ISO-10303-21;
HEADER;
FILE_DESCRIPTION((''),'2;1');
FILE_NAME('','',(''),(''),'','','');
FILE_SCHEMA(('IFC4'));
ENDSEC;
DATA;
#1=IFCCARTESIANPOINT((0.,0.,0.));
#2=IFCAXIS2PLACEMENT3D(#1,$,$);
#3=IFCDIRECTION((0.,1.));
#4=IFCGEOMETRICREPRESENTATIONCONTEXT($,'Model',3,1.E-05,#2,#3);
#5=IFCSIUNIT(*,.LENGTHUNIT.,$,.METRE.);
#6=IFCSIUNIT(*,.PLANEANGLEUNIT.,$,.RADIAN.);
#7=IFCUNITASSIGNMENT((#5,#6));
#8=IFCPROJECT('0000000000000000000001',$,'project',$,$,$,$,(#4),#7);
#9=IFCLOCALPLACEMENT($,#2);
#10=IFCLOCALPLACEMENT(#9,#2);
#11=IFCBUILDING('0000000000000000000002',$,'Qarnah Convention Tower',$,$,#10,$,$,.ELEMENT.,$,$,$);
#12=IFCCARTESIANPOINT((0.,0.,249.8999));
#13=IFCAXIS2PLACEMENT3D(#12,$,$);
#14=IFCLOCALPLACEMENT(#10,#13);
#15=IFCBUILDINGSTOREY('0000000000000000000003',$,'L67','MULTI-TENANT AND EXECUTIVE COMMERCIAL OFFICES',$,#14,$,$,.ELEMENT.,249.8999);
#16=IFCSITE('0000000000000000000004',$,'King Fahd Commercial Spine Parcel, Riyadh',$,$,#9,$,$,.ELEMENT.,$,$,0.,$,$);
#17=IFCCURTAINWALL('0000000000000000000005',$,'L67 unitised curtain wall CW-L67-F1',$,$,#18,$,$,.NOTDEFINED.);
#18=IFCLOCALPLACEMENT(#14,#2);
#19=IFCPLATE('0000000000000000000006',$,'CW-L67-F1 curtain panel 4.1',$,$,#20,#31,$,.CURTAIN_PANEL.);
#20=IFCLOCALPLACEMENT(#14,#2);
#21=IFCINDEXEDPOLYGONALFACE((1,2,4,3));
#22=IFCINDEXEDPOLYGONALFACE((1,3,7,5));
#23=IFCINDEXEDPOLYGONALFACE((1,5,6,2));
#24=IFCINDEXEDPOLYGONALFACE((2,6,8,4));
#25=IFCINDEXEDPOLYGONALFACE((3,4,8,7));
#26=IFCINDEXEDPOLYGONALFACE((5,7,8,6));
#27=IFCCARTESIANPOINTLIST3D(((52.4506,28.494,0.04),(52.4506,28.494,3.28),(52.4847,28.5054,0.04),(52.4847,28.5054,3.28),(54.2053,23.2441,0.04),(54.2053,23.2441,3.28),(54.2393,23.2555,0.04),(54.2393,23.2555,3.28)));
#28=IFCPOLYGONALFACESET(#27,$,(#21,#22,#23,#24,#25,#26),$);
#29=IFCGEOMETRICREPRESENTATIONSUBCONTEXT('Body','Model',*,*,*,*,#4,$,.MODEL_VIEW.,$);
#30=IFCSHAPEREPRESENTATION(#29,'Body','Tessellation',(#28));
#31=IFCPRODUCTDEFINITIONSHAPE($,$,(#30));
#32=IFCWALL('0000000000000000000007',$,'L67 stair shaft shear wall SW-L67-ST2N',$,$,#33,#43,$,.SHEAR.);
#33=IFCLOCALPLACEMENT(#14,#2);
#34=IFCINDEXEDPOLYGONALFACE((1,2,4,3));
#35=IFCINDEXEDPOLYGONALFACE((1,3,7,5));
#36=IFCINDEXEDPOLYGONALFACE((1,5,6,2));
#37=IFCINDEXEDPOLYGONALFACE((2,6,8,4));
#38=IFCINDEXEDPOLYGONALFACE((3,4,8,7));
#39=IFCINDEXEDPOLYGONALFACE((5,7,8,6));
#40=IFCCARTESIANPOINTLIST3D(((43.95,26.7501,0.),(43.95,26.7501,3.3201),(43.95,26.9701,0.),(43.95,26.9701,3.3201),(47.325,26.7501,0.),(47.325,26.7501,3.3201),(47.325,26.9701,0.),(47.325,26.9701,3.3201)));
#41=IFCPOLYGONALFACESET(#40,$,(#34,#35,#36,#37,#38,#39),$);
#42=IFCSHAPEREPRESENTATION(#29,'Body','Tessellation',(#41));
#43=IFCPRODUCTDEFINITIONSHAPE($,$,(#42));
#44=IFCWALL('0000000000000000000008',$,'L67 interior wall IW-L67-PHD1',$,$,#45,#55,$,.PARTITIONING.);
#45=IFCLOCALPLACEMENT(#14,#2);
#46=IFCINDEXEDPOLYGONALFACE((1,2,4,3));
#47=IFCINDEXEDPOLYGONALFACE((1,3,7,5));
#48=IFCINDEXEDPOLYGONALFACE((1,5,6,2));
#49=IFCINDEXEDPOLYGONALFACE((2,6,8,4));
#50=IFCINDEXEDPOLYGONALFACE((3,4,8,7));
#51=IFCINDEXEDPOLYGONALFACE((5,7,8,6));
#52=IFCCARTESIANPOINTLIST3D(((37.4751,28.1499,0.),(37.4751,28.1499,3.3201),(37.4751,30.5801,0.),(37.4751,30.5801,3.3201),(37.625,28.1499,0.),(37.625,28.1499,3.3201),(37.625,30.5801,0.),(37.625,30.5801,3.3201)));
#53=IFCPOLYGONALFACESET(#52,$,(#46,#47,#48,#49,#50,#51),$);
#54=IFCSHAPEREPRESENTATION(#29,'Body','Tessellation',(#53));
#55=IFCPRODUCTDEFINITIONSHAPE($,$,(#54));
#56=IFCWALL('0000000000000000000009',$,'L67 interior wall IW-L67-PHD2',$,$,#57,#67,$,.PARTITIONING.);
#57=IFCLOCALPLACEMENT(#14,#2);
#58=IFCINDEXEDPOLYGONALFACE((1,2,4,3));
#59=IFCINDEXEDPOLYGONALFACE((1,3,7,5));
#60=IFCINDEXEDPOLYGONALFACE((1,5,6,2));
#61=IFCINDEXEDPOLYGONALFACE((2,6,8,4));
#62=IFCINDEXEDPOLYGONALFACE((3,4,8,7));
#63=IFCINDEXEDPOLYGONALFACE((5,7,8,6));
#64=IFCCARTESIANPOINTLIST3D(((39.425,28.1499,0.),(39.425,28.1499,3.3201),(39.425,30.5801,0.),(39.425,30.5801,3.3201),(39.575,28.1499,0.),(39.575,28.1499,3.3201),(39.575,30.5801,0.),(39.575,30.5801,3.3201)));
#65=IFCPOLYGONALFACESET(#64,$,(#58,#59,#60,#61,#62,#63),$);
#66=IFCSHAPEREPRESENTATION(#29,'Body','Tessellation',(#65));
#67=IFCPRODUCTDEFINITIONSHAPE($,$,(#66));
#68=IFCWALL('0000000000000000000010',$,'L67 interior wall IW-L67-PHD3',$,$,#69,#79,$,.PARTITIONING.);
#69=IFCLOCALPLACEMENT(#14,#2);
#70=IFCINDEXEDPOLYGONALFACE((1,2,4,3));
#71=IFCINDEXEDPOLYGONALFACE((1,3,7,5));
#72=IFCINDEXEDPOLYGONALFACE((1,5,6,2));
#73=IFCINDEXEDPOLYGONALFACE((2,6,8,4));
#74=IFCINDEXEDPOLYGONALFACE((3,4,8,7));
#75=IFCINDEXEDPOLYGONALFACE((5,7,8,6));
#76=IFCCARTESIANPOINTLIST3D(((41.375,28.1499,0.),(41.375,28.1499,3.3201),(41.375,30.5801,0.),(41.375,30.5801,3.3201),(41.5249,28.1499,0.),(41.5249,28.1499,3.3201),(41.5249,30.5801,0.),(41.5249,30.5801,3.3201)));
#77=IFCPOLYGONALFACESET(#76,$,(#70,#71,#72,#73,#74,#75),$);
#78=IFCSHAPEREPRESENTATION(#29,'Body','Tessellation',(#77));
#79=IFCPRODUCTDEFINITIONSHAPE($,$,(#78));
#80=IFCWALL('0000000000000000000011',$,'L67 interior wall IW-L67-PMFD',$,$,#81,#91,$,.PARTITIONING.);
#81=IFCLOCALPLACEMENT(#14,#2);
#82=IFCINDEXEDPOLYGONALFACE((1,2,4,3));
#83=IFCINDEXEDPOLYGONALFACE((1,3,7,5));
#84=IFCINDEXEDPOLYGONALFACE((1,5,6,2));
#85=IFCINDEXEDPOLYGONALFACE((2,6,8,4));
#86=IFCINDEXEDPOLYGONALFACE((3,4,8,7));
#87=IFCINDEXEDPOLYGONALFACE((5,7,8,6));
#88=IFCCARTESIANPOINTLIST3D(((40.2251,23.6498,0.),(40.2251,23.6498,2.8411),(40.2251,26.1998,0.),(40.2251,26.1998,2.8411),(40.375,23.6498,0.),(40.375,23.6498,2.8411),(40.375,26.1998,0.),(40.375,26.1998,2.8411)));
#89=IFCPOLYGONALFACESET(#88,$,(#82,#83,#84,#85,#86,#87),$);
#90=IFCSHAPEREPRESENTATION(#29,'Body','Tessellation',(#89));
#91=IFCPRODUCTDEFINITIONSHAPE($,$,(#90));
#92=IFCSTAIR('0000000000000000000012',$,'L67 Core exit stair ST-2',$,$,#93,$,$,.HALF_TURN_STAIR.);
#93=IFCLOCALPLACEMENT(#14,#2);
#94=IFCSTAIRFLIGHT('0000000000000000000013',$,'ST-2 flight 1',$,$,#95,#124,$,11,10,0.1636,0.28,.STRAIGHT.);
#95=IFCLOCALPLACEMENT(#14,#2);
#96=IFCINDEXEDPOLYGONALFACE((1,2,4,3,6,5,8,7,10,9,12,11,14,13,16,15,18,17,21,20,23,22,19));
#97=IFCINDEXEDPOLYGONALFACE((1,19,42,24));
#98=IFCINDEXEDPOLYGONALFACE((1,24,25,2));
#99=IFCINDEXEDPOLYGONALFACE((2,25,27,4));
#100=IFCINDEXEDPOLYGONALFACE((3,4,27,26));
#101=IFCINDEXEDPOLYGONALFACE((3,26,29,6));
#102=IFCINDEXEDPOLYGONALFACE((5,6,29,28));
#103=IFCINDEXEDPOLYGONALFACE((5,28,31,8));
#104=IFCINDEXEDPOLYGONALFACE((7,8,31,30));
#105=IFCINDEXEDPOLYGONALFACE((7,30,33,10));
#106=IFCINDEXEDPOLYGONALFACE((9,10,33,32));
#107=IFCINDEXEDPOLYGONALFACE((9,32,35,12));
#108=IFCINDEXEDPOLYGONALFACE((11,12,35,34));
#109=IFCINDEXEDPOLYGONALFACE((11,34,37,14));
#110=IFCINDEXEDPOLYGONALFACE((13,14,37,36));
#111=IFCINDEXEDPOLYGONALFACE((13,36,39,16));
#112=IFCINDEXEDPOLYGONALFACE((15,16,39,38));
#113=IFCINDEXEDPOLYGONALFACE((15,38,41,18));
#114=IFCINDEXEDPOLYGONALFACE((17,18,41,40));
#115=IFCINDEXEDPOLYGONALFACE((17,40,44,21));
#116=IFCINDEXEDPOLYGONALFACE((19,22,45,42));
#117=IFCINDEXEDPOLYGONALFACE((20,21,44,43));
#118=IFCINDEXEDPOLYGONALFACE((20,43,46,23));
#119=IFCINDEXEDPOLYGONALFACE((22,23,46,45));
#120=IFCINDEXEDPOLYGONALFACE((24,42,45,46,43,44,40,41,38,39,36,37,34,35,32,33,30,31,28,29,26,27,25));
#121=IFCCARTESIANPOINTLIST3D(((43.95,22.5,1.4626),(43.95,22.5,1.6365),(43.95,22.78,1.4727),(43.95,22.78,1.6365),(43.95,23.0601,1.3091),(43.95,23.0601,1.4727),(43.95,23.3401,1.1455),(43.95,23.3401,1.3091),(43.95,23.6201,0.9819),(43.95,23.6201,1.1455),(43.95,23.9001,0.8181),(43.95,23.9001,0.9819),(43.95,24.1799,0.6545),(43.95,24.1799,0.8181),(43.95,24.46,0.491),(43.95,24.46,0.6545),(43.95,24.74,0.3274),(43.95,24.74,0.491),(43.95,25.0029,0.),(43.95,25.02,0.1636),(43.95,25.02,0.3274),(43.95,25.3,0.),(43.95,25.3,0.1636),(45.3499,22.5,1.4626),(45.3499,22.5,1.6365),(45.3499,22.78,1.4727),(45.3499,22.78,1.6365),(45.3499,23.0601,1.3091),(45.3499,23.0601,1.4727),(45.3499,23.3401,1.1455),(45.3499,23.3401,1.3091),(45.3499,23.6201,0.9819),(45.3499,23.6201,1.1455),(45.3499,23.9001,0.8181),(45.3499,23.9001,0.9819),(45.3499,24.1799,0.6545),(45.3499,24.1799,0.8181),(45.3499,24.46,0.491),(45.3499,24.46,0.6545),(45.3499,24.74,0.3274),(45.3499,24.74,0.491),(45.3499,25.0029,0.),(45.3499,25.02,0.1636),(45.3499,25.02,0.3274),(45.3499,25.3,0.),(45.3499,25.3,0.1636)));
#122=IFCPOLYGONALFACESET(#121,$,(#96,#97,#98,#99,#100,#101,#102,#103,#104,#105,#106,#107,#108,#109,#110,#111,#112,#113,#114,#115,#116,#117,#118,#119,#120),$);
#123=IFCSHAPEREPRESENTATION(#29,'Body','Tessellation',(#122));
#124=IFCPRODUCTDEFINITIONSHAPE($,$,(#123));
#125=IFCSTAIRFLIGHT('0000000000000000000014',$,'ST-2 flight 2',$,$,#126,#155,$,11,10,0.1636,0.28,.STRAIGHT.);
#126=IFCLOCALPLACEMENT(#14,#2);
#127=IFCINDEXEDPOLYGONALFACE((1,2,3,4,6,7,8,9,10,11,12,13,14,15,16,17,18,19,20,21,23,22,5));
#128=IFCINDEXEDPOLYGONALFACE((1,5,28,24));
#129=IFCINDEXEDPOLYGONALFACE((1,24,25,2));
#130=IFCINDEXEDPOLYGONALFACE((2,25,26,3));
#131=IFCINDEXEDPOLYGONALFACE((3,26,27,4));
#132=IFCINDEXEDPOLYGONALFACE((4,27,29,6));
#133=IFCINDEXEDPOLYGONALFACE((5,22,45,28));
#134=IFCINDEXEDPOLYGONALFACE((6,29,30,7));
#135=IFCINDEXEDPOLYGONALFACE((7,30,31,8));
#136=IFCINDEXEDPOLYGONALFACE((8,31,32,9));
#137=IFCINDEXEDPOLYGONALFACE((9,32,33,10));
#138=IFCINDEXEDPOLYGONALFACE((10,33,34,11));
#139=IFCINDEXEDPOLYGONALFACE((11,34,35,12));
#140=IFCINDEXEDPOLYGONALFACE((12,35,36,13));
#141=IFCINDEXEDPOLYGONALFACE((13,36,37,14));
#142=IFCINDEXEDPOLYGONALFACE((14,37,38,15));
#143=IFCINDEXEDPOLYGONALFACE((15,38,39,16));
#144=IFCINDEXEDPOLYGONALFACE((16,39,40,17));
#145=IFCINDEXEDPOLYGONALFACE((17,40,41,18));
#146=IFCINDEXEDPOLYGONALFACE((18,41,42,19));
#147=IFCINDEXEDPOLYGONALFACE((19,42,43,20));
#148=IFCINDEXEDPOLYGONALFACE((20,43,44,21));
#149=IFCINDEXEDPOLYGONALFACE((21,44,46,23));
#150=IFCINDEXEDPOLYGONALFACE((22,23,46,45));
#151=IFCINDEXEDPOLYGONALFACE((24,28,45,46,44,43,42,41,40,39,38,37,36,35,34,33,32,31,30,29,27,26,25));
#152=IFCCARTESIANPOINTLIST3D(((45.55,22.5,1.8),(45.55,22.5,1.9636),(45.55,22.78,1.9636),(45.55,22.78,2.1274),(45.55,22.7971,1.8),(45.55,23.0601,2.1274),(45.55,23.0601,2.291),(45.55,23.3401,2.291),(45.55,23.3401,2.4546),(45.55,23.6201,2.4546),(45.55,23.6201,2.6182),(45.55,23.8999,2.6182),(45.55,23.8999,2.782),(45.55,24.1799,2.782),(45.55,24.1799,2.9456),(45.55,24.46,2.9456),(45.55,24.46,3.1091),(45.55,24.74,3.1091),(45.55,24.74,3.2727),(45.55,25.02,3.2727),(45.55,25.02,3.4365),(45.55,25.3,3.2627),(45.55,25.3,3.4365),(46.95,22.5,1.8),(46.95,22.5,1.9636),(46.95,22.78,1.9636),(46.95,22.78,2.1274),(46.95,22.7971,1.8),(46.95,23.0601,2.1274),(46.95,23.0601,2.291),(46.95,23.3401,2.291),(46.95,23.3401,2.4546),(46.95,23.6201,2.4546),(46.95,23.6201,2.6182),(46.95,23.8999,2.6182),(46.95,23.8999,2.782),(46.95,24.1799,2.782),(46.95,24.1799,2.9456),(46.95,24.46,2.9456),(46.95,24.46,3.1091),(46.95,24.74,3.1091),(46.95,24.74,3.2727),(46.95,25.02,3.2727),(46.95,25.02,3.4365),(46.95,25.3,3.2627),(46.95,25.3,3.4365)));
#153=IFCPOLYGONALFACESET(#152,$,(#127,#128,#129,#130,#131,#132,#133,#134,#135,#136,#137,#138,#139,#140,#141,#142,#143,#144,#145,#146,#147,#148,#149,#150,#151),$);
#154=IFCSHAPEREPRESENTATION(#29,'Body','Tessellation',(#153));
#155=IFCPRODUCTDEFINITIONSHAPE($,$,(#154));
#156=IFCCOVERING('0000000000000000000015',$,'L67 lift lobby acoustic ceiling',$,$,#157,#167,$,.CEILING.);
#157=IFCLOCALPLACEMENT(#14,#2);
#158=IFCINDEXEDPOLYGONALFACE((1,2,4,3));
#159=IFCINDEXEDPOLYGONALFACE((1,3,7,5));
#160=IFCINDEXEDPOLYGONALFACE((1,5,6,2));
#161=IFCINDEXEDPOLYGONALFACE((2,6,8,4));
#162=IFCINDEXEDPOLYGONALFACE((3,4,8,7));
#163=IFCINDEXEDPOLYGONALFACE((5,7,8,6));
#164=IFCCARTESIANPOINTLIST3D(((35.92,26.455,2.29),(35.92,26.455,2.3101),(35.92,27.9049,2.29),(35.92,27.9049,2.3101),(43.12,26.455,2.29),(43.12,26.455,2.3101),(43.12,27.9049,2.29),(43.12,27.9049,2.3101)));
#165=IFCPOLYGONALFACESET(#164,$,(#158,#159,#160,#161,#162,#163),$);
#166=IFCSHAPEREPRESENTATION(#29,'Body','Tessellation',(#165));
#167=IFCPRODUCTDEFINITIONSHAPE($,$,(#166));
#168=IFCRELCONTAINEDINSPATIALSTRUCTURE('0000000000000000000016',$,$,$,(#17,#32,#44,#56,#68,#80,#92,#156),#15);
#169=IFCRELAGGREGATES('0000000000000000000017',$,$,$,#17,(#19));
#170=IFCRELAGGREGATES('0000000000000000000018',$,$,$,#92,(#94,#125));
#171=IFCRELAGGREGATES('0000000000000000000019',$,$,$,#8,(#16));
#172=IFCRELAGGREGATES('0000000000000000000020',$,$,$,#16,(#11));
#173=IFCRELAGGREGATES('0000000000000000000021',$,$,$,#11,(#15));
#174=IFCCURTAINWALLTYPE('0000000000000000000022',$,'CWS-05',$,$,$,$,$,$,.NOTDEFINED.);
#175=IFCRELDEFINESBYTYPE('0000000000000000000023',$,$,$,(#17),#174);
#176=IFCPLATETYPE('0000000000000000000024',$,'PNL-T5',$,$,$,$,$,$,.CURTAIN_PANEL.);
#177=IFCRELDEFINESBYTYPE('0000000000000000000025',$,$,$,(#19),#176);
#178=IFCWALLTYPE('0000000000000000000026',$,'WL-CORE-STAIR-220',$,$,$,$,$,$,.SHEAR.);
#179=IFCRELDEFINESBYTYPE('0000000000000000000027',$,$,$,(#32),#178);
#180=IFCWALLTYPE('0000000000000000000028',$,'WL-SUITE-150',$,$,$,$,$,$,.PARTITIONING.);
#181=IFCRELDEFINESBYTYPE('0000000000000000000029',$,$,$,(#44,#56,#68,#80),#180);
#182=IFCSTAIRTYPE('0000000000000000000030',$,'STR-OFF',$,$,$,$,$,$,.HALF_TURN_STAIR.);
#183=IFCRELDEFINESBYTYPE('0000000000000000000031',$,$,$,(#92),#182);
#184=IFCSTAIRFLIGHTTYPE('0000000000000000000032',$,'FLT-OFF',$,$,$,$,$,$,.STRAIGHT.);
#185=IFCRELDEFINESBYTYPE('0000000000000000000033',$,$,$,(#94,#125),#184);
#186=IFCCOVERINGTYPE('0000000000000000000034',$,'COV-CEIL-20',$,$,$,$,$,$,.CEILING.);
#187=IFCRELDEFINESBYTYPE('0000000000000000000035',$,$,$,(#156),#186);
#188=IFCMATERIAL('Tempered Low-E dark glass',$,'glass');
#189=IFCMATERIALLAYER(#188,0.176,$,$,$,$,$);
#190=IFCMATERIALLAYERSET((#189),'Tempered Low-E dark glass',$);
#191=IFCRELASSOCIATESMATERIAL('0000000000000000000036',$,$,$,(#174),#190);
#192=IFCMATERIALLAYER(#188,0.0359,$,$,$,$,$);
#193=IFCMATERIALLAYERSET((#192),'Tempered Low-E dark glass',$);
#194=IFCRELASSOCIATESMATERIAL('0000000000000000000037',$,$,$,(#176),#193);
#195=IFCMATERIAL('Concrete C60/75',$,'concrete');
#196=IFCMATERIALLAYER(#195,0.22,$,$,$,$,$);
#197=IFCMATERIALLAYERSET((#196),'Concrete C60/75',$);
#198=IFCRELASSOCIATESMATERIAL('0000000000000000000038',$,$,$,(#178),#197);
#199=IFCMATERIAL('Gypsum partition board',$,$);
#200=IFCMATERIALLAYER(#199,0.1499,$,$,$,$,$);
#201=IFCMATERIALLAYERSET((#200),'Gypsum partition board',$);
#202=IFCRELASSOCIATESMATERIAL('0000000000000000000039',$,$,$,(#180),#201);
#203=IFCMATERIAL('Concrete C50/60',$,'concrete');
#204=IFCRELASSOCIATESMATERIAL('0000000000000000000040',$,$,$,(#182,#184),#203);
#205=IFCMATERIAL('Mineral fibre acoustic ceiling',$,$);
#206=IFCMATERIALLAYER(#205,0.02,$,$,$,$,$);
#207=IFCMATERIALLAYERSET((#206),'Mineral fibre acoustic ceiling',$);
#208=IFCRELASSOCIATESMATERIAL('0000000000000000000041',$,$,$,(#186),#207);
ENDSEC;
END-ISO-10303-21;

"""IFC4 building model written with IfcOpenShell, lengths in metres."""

from ifc_helpers import new_model, si_unit, direction, frame, frame_2d, origin, origin_2d, place, context, subcontext, project, spatial, polyline, rectangle, outline, extrude, material, layer, layer_set, type_object, element, aggregate, save


model = new_model("IFC4")

# Units and contexts
model_context = context("Model", 3, precision=1e-05, world=origin(), true_north=direction((0.0, 1.0)))
body_context = subcontext(model_context, "Body", "Model", "MODEL_VIEW")
ifc_project = project(units=[si_unit("LENGTHUNIT", "METRE"), si_unit("PLANEANGLEUNIT", "RADIAN")], contexts=[model_context])

# Site, building, storey
site_placement = place(None, origin())
site = spatial("IfcSite", under=ifc_project, at=site_placement, Name="King Fahd Commercial Spine Parcel, Riyadh", CompositionType="ELEMENT", RefElevation=0.0)
building_placement = place(site_placement, origin())
building = spatial("IfcBuilding", under=site, at=building_placement, Name="Qarnah Convention Tower", CompositionType="ELEMENT")
storey_placement = place(building_placement, frame((0.0, 0.0, 249.8999)))
storey = spatial("IfcBuildingStorey", under=building, at=storey_placement, Name="L67", Description="MULTI-TENANT AND EXECUTIVE COMMERCIAL OFFICES", CompositionType="ELEMENT", Elevation=249.8999)

# Shared definitions
ifc_material_1 = material(Name="Concrete C50/60", Category="concrete")

# Curtain wall, plate
ifc_material_2 = material(Name="Tempered Low-E dark glass", Category="glass")
ifc_layer_1 = layer(ifc_material_2, 0.176)
ifc_layer_set_1 = layer_set([ifc_layer_1], Name="Tempered Low-E dark glass")
curtain_wall_type = type_object("IfcCurtainWallType", Name="CWS-05", PredefinedType="NOTDEFINED", material=ifc_layer_set_1)
curtain_wall_placement = place(storey_placement, origin())
curtain_wall = element("IfcCurtainWall", 1, at=curtain_wall_placement, inside=storey, type_object=curtain_wall_type, Name="L67 unitised curtain wall CW-L67-F1", PredefinedType="NOTDEFINED")
ifc_layer_2 = layer(ifc_material_2, 0.0359)
ifc_layer_set_2 = layer_set([ifc_layer_2], Name="Tempered Low-E dark glass")
plate_type = type_object("IfcPlateType", Name="PNL-T5", PredefinedType="CURTAIN_PANEL", material=ifc_layer_set_2)
plate_placement = place(storey_placement, frame((53.345, 25.8748, 0.04), z_axis=(0.0, 0.0, 1.0), x_axis=(0.316986, -0.94843, 0.0)))
plate = element("IfcPlate", 2, at=plate_placement, type_object=plate_type, Name="CW-L67-F1 curtain panel 4.1", PredefinedType="CURTAIN_PANEL", context=body_context, shape_type="SweptSolid", body=[
    extrude(rectangle(XDim=5.5354, YDim=0.0359, at=origin_2d()), origin(), (0.0, 0.0, 1.0), 3.24),
])
aggregate(curtain_wall, [plate])

# Walls
ifc_material_3 = material(Name="Concrete C60/75", Category="concrete")
ifc_layer_3 = layer(ifc_material_3, 0.22)
ifc_layer_set_3 = layer_set([ifc_layer_3], Name="Concrete C60/75")
wall_type_1 = type_object("IfcWallType", Name="WL-CORE-STAIR-220", PredefinedType="SHEAR", material=ifc_layer_set_3)
wall_1_placement = place(storey_placement, frame((43.95, 26.8601, 0.0), z_axis=(0.0, 0.0, 1.0), x_axis=(1.0, 0.0, 0.0)))
element("IfcWall", 3, at=wall_1_placement, inside=storey, type_object=wall_type_1, Name="L67 stair shaft shear wall SW-L67-ST2N", PredefinedType="SHEAR", context=body_context, shape_type="SweptSolid", body=[
    extrude(rectangle(XDim=3.375, YDim=0.22, at=frame_2d((1.6875, 0.0))), origin(), (0.0, 0.0, 1.0), 3.3201),
])
ifc_material_4 = material(Name="Gypsum partition board")
ifc_layer_4 = layer(ifc_material_4, 0.1499)
ifc_layer_set_4 = layer_set([ifc_layer_4], Name="Gypsum partition board")
wall_type_2 = type_object("IfcWallType", Name="WL-SUITE-150", PredefinedType="PARTITIONING", material=ifc_layer_set_4)
for number, where, z_axis, x_axis, name in (
    (4, (37.55, 28.1499, 0.0), (0.0, 0.0, 1.0), (0.0, 1.0, 0.0), "L67 interior wall IW-L67-PHD1"),
    (5, (39.5, 28.1499, 0.0), (0.0, 0.0, 1.0), (0.0, 1.0, 0.0), "L67 interior wall IW-L67-PHD2"),
    (6, (41.45, 28.1499, 0.0), (0.0, 0.0, 1.0), (0.0, 1.0, 0.0), "L67 interior wall IW-L67-PHD3"),
):
    element("IfcWall", number, at=place(storey_placement, frame(where, z_axis=z_axis, x_axis=x_axis)), inside=storey, type_object=wall_type_2, Name=name, PredefinedType="PARTITIONING", context=body_context, shape_type="SweptSolid", body=[
        extrude(rectangle(XDim=2.4302, YDim=0.1499, at=frame_2d((1.2151, 0.0))), origin(), (0.0, 0.0, 1.0), 3.3201),
    ])
wall_2_placement = place(storey_placement, frame((40.3, 23.6499, 0.0), z_axis=(0.0, 0.0, 1.0), x_axis=(0.0, 1.0, 0.0)))
element("IfcWall", 7, at=wall_2_placement, inside=storey, type_object=wall_type_2, Name="L67 interior wall IW-L67-PMFD", PredefinedType="PARTITIONING", context=body_context, shape_type="SweptSolid", body=[
    extrude(rectangle(XDim=2.55, YDim=0.1499, at=frame_2d((1.2749, 0.0))), origin(), (0.0, 0.0, 1.0), 2.8411),
])

# Stair, stair flights
stair_type = type_object("IfcStairType", Name="STR-OFF", PredefinedType="HALF_TURN_STAIR", material=ifc_material_1)
stair_placement = place(storey_placement, origin())
stair = element("IfcStair", 8, at=stair_placement, inside=storey, type_object=stair_type, Name="L67 Core exit stair ST-2", PredefinedType="HALF_TURN_STAIR")
stair_flight_type = type_object("IfcStairFlightType", Name="FLT-OFF", PredefinedType="STRAIGHT", material=ifc_material_1)
stair_flight_1_placement = place(storey_placement, frame((44.6499, 25.3, 0.0), z_axis=(0.0, 0.0, 1.0), x_axis=(0.0, -1.0, 0.0)))
stair_flight_1 = element("IfcStairFlight", 9, at=stair_flight_1_placement, type_object=stair_flight_type, Name="ST-2 flight 1", NumberOfRisers=11, NumberOfTreads=10, PredefinedType="STRAIGHT", RiserHeight=0.1636, TreadLength=0.28, context=body_context, shape_type="SweptSolid", body=[
    extrude(outline(polyline([(0.0, 0.0), (0.0, 0.1636), (0.28, 0.1636), (0.28, 0.3274), (0.5601, 0.3274), (0.5601, 0.491), (0.8401, 0.491), (0.8401, 0.6545), (1.1201, 0.6545), (1.1201, 0.8181), (1.3999, 0.8181), (1.3999, 0.9819), (1.6799, 0.9819), (1.6799, 1.1455), (1.96, 1.1455), (1.96, 1.3091), (2.24, 1.3091), (2.24, 1.4727), (2.52, 1.4727), (2.52, 1.6365), (2.8, 1.6365), (2.8, 1.8), (2.8, 1.4626), (0.2971, 0.0), (0.0, 0.0)])), frame((0.0, 0.7, 0.0), z_axis=(0.0, -1.0, 0.0), x_axis=(1.0, 0.0, 0.0)), (0.0, 0.0, 1.0), 1.3999),
])
stair_flight_2_placement = place(storey_placement, frame((46.25, 22.5, 1.8), z_axis=(0.0, 0.0, 1.0), x_axis=(0.0, 1.0, 0.0)))
stair_flight_2 = element("IfcStairFlight", 10, at=stair_flight_2_placement, type_object=stair_flight_type, Name="ST-2 flight 2", NumberOfRisers=11, NumberOfTreads=10, PredefinedType="STRAIGHT", RiserHeight=0.1636, TreadLength=0.28, context=body_context, shape_type="SweptSolid", body=[
    extrude(outline(polyline([(0.0, 0.0), (0.0, 0.1636), (0.28, 0.1636), (0.28, 0.3274), (0.5601, 0.3274), (0.5601, 0.491), (0.8401, 0.491), (0.8401, 0.6545), (1.1201, 0.6545), (1.1201, 0.8181), (1.3999, 0.8181), (1.3999, 0.9819), (1.6799, 0.9819), (1.6799, 1.1455), (1.96, 1.1455), (1.96, 1.3091), (2.24, 1.3091), (2.24, 1.4727), (2.52, 1.4727), (2.52, 1.6365), (2.8, 1.6365), (2.8, 1.8), (2.8, 1.4626), (0.2971, 0.0), (0.0, 0.0)])), frame((0.0, 0.7, 0.0), z_axis=(0.0, -1.0, 0.0), x_axis=(1.0, 0.0, 0.0)), (0.0, 0.0, 1.0), 1.3999),
])
aggregate(stair, [stair_flight_1, stair_flight_2])

# Covering
ifc_material_5 = material(Name="Mineral fibre acoustic ceiling")
ifc_layer_5 = layer(ifc_material_5, 0.02)
ifc_layer_set_5 = layer_set([ifc_layer_5], Name="Mineral fibre acoustic ceiling")
covering_type = type_object("IfcCoveringType", Name="COV-CEIL-20", PredefinedType="CEILING", material=ifc_layer_set_5)
covering_placement = place(storey_placement, frame((39.52, 27.1799, 2.29), z_axis=(0.0, 0.0, 1.0), x_axis=(1.0, 0.0, 0.0)))
element("IfcCovering", 11, at=covering_placement, inside=storey, type_object=covering_type, Name="L67 lift lobby acoustic ceiling", PredefinedType="CEILING", context=body_context, shape_type="SweptSolid", body=[
    extrude(rectangle(XDim=7.2, YDim=1.45, at=origin_2d()), origin(), (0.0, 0.0, 1.0), 0.02),
])

save(model, "model.ifc")
